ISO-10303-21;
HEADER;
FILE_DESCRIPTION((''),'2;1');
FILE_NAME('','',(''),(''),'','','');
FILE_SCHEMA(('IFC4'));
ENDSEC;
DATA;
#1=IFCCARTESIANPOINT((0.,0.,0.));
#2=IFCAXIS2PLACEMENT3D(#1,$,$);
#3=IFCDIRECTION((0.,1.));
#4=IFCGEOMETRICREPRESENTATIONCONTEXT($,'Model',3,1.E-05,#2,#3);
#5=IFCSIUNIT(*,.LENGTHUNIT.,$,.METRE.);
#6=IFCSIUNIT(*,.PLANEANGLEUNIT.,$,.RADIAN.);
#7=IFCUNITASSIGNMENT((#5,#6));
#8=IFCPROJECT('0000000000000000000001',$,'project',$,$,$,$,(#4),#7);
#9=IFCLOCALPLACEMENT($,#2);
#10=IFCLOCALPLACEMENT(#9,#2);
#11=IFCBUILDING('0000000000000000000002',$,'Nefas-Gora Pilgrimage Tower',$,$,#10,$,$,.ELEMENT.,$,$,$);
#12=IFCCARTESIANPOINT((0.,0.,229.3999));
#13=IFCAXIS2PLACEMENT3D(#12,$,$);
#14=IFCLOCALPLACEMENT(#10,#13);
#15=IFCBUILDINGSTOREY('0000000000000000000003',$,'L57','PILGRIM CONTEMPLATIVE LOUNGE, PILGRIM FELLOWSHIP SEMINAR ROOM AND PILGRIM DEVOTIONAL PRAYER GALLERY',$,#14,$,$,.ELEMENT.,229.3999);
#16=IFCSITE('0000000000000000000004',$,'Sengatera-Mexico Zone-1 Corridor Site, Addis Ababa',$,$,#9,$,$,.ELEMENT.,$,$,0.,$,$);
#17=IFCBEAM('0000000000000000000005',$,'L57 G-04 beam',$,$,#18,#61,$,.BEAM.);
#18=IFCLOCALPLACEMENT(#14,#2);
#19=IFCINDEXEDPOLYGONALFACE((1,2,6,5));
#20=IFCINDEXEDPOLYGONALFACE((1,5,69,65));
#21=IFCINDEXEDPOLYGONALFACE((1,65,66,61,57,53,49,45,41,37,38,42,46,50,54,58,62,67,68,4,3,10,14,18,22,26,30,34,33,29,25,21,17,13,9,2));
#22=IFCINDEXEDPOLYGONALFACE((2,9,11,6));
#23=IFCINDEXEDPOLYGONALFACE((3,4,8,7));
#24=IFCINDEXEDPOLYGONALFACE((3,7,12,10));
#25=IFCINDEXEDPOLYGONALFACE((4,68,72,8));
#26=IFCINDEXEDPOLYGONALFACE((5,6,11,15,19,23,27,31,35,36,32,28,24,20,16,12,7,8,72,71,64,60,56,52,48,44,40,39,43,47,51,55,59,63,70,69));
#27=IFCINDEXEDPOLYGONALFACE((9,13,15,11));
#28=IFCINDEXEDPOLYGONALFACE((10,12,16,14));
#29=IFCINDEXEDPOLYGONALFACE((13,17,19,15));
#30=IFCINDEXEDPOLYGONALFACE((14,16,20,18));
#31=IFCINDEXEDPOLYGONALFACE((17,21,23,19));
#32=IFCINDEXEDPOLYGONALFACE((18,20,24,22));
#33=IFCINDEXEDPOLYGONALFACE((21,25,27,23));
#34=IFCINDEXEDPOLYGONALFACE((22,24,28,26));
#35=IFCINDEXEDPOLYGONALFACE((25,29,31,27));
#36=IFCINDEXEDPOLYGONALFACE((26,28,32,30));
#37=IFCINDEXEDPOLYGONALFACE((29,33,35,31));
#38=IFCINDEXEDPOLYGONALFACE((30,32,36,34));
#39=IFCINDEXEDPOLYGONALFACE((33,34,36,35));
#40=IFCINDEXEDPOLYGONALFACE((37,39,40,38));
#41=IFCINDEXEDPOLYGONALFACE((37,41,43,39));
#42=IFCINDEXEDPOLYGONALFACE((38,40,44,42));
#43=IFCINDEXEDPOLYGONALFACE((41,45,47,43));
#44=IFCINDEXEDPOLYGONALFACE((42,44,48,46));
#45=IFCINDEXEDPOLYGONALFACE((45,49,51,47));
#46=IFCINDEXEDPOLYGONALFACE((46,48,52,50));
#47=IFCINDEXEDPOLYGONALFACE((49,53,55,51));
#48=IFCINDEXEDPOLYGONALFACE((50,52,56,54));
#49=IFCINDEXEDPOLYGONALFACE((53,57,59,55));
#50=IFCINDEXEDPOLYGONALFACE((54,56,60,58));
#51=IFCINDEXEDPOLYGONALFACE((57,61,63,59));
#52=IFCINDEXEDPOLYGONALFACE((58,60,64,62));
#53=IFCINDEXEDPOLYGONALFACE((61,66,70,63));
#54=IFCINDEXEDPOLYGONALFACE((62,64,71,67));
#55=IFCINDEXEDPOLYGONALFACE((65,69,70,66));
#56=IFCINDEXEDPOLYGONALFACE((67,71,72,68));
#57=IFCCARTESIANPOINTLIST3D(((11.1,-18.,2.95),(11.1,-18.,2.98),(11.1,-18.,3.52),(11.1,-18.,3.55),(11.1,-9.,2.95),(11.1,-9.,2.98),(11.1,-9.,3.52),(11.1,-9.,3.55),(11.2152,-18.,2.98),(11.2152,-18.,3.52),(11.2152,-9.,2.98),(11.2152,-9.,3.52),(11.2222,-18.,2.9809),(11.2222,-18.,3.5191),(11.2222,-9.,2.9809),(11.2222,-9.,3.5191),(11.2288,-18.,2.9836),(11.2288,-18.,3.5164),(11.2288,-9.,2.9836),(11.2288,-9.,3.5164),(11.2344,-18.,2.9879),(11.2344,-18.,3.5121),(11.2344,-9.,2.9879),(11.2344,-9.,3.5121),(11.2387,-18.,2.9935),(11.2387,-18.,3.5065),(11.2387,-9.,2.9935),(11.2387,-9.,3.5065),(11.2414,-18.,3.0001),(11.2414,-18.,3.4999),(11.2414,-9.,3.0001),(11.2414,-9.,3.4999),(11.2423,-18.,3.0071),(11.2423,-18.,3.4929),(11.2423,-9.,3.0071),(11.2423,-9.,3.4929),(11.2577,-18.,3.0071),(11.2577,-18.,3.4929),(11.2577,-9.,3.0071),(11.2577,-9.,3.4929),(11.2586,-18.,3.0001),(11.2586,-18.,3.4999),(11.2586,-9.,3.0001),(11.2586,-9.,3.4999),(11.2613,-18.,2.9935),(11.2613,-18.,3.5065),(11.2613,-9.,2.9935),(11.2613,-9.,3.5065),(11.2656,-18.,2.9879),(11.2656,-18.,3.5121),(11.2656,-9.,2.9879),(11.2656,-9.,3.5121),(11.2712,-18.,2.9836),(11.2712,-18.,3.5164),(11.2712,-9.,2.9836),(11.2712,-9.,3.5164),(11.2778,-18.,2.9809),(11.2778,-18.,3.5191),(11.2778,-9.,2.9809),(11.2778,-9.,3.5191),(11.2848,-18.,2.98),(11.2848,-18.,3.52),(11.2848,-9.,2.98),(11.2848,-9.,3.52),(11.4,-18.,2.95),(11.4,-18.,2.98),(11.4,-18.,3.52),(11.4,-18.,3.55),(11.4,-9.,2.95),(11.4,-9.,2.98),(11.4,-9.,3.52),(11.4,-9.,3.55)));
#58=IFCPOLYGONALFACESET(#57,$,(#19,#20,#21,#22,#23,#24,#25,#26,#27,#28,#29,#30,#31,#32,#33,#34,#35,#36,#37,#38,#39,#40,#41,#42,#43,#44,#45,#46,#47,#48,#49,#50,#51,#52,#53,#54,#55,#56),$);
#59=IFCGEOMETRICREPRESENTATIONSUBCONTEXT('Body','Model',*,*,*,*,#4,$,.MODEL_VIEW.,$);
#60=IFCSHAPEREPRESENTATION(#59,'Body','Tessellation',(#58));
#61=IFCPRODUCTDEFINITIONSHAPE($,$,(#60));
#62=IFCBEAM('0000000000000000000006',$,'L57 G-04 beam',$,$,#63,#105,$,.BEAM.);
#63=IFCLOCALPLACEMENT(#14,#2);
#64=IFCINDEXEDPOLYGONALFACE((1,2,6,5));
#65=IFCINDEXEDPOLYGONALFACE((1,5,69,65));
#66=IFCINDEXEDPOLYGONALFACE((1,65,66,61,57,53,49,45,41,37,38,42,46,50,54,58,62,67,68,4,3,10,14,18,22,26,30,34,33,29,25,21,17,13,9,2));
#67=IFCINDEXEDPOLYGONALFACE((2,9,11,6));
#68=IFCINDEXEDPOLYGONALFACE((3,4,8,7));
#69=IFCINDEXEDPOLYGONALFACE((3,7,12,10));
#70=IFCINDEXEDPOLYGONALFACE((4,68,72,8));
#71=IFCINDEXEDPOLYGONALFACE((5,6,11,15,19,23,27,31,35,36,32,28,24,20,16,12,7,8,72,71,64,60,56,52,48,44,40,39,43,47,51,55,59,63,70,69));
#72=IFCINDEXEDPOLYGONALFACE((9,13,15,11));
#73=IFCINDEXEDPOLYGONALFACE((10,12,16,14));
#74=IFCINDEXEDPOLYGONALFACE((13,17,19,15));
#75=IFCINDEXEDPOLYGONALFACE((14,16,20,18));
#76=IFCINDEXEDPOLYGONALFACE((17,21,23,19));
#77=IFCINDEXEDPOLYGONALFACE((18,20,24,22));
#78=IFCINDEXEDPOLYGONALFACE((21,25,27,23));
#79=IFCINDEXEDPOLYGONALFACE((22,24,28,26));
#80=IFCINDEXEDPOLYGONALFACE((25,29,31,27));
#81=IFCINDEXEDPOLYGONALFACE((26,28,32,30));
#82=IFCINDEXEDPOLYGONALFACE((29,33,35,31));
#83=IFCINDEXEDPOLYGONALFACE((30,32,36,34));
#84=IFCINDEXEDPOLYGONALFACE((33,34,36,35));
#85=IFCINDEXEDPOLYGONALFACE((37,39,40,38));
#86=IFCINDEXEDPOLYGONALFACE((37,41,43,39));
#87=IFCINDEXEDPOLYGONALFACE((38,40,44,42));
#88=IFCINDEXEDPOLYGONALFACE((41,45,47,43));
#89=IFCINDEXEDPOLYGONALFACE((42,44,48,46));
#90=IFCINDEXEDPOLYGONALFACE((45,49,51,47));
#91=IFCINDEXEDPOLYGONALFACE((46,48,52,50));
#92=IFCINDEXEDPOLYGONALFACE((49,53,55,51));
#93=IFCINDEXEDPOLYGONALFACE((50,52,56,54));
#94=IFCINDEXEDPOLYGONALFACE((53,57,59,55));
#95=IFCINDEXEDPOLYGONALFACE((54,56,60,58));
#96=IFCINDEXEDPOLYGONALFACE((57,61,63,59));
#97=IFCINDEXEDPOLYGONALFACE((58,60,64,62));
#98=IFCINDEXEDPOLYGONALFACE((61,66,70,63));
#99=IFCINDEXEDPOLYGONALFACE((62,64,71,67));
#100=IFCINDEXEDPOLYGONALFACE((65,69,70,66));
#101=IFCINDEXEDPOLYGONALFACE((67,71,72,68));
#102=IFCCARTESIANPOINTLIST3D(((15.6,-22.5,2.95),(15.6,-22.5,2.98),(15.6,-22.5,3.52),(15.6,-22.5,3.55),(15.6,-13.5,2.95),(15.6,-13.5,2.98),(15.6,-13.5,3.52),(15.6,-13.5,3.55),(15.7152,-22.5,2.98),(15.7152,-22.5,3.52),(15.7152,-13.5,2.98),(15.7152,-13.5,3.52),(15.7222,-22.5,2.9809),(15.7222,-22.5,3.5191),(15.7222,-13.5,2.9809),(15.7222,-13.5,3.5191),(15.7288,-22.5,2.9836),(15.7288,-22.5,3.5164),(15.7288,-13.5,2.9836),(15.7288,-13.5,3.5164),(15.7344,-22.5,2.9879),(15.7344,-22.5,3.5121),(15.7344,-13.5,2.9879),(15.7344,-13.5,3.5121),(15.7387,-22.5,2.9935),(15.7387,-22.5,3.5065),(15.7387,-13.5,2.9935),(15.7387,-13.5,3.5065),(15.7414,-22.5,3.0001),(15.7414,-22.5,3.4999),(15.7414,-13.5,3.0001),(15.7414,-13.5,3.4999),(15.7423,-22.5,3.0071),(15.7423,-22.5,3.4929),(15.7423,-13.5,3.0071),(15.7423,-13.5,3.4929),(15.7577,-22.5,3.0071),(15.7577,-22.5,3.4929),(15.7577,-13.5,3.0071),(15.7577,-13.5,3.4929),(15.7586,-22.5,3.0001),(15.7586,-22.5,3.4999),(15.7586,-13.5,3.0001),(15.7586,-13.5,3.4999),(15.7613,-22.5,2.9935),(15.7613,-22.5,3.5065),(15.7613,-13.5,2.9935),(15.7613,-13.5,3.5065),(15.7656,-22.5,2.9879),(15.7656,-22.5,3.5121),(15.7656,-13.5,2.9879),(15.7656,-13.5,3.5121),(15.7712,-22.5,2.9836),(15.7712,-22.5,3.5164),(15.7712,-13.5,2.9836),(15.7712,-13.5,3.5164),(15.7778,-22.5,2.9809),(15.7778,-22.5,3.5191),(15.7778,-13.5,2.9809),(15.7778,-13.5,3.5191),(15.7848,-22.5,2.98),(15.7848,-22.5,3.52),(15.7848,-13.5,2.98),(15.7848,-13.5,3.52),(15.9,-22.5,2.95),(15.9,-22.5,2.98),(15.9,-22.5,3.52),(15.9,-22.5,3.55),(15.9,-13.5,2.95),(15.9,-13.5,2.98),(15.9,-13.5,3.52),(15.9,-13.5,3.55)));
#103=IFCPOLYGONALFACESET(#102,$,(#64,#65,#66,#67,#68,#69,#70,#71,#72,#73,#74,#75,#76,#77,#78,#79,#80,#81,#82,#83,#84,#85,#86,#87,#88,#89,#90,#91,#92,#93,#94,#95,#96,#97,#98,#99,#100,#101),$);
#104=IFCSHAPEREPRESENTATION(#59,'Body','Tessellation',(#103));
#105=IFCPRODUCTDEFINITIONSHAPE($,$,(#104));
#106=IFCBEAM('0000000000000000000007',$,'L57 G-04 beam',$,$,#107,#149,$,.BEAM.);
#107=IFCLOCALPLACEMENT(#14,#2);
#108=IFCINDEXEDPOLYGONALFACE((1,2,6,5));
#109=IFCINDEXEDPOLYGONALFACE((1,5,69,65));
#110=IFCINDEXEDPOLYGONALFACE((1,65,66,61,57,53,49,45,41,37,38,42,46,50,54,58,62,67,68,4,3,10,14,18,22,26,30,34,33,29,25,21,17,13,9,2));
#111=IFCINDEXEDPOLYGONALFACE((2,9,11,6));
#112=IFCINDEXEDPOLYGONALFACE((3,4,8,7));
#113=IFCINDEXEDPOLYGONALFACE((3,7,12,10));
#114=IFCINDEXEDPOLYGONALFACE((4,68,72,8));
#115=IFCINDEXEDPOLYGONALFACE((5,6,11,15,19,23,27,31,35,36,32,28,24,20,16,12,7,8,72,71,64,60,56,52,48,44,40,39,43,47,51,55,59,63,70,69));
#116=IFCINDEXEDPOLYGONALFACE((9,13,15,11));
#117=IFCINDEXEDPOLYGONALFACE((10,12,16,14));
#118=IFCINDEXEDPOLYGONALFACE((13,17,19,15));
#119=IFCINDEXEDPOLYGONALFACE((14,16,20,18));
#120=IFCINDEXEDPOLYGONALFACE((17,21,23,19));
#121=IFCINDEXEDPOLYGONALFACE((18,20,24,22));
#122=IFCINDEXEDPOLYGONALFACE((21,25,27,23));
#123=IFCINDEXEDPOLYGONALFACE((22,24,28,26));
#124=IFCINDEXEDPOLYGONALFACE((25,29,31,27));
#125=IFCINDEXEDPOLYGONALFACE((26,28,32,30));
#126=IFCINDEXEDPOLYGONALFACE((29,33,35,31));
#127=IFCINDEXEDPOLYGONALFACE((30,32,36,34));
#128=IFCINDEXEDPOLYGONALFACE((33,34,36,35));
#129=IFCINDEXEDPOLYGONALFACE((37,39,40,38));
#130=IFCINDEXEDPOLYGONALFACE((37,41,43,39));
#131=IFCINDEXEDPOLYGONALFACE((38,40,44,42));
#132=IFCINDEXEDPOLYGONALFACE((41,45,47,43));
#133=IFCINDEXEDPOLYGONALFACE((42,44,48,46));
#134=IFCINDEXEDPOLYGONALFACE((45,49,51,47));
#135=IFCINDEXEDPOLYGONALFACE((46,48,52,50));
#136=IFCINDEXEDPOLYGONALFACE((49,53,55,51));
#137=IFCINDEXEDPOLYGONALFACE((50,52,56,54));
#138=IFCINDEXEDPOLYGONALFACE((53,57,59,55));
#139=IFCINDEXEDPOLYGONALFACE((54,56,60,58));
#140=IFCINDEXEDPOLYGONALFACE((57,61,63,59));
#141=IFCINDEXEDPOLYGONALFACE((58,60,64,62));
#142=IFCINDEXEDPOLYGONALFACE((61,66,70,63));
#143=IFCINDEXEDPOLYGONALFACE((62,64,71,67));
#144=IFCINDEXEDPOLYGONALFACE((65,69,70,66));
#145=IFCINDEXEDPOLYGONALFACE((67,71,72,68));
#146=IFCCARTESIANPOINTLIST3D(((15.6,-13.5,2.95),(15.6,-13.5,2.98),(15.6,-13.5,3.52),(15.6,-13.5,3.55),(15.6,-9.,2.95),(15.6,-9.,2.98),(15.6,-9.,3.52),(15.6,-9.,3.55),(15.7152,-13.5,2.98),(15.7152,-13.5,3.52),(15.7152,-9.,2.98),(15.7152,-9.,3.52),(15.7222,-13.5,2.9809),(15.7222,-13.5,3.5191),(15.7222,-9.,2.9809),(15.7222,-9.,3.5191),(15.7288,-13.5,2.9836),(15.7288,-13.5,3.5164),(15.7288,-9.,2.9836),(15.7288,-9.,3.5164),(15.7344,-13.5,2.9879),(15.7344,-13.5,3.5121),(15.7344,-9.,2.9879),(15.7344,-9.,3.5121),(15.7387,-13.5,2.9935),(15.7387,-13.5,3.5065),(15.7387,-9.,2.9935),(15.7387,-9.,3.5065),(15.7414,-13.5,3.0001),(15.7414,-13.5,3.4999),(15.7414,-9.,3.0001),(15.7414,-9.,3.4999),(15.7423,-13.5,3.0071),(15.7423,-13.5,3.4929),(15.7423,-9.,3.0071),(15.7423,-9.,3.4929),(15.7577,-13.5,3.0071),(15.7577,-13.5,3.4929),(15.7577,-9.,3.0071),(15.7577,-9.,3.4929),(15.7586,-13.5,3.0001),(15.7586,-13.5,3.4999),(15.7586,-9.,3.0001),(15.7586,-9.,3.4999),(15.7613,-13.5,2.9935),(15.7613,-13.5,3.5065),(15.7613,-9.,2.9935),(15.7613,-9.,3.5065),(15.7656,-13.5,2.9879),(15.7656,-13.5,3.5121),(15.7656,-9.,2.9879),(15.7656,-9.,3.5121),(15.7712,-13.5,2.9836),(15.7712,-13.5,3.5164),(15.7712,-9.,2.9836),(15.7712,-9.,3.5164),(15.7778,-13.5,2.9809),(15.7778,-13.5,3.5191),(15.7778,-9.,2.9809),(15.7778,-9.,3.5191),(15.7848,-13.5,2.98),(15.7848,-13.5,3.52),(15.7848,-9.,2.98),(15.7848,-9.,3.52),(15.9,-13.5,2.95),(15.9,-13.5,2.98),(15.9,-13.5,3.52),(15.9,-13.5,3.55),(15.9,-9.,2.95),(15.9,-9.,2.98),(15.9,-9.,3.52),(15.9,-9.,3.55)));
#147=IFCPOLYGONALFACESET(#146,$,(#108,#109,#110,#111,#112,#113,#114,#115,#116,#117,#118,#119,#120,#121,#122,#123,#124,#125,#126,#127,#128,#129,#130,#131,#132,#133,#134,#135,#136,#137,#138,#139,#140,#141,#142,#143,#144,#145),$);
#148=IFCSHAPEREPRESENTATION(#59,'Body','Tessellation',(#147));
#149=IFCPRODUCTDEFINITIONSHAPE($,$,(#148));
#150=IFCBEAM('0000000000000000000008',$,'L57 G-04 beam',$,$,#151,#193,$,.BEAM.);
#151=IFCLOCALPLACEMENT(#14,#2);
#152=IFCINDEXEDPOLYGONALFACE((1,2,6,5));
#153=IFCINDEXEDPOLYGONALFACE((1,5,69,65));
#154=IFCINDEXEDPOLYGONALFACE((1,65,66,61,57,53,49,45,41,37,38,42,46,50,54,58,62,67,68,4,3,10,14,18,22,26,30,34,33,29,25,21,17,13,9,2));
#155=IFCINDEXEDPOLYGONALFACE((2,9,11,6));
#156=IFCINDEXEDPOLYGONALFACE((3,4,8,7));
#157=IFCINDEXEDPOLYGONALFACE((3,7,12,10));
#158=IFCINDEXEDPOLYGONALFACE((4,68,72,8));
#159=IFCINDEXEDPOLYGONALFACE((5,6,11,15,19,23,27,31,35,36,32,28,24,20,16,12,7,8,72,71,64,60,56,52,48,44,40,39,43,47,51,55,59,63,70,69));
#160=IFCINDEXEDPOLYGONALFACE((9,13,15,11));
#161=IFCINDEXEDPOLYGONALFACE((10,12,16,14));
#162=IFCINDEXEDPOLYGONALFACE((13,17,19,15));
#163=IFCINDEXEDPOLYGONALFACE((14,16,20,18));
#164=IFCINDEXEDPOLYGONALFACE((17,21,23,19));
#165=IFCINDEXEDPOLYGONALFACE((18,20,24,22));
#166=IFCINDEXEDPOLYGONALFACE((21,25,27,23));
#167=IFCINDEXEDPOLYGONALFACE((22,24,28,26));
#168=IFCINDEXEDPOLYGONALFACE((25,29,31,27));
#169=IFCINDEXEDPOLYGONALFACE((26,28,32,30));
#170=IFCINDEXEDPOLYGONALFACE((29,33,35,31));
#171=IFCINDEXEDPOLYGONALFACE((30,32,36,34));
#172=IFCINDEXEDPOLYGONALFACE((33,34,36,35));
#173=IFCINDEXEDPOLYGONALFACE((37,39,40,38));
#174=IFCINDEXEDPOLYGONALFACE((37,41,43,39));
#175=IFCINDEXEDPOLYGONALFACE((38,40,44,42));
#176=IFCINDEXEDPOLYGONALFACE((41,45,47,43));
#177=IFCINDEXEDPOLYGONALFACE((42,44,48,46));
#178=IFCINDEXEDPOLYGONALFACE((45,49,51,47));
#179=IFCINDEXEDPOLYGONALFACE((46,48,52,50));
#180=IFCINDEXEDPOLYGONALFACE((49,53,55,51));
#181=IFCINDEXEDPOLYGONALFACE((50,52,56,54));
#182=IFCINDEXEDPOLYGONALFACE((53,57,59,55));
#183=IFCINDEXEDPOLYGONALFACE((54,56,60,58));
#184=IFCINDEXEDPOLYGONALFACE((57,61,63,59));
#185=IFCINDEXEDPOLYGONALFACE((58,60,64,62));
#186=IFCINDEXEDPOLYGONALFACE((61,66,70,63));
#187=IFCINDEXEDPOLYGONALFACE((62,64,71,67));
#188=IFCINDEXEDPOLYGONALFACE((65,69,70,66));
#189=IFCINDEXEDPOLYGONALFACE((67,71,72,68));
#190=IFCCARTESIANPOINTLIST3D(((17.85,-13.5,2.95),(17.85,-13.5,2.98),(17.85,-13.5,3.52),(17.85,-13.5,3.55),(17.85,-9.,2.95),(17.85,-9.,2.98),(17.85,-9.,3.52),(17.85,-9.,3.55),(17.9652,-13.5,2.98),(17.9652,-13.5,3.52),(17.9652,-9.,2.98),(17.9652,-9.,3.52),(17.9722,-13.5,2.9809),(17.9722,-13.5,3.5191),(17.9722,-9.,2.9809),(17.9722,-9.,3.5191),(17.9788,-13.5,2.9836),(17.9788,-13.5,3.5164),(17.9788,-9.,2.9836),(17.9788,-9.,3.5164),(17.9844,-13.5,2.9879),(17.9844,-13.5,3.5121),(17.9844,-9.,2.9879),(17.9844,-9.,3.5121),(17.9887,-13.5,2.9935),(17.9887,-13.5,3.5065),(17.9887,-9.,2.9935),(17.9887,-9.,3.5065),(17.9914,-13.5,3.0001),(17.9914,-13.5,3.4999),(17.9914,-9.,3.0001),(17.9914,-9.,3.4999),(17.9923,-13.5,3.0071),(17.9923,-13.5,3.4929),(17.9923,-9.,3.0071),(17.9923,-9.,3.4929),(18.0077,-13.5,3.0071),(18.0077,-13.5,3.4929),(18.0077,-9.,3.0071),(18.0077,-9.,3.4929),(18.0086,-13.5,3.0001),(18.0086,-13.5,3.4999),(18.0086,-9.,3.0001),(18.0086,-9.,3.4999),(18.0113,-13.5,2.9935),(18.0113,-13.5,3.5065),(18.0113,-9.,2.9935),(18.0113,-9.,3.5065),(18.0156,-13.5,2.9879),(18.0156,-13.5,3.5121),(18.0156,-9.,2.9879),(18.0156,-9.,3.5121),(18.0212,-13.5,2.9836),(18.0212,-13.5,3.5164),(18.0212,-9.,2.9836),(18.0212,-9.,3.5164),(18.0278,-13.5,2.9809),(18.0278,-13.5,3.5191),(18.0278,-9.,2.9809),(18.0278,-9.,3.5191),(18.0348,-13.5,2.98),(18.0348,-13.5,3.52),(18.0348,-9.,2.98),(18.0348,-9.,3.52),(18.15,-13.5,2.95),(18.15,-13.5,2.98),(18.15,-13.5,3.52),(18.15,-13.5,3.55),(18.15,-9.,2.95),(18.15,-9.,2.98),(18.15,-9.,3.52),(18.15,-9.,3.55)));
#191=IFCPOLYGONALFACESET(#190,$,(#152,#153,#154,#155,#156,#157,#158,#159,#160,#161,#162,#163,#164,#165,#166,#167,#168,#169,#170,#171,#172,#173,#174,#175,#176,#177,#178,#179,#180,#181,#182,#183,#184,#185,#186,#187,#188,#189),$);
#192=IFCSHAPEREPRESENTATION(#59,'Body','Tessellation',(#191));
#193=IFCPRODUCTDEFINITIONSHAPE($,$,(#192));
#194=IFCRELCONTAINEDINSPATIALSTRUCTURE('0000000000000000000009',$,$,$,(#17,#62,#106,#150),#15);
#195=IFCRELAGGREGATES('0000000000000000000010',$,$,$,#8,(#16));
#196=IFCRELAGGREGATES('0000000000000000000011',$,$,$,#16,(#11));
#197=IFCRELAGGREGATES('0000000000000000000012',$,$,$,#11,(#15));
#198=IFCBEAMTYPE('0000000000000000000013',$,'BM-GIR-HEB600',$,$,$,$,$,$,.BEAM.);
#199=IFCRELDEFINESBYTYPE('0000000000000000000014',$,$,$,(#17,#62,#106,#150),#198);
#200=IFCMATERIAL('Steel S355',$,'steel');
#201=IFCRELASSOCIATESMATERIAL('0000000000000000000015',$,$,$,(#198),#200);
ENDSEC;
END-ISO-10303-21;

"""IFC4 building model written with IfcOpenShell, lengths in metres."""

from ifc_helpers import new_model, si_unit, direction, frame, origin, origin_2d, place, context, subcontext, project, spatial, i_section, extrude, source, transform, mapped, material, material_profile, profile_set, type_object, element, save


model = new_model("IFC4")

# Units and contexts
model_context = context("Model", 3, precision=1e-05, world=origin(), true_north=direction((0.0, 1.0)))
body_context = subcontext(model_context, "Body", "Model", "MODEL_VIEW")
ifc_project = project(units=[si_unit("LENGTHUNIT", "METRE"), si_unit("PLANEANGLEUNIT", "RADIAN")], contexts=[model_context])

# Site, building, storey
site_placement = place(None, origin())
site = spatial("IfcSite", under=ifc_project, at=site_placement, Name="Sengatera-Mexico Zone-1 Corridor Site, Addis Ababa", CompositionType="ELEMENT", RefElevation=0.0)
building_placement = place(site_placement, origin())
building = spatial("IfcBuilding", under=site, at=building_placement, Name="Nefas-Gora Pilgrimage Tower", CompositionType="ELEMENT")
storey_placement = place(building_placement, frame((0.0, 0.0, 229.3999)))
storey = spatial("IfcBuildingStorey", under=building, at=storey_placement, Name="L57", Description="PILGRIM CONTEMPLATIVE LOUNGE, PILGRIM FELLOWSHIP SEMINAR ROOM AND PILGRIM DEVOTIONAL PRAYER GALLERY", CompositionType="ELEMENT", Elevation=229.3999)

# Beams
ifc_material_1 = material(Name="Steel S355", Category="steel")
ifc_material_profile_1 = material_profile(ifc_material_1, i_section(OverallWidth=0.3, OverallDepth=0.6001, WebThickness=0.0154, FlangeThickness=0.03, FilletRadius=0.0271, at=origin_2d()), Name="HEB 600")
ifc_profile_set_1 = profile_set([ifc_material_profile_1], Name="Steel S355")
beam_type_1 = type_object("IfcBeamType", Name="BM-GIR-HEB600", PredefinedType="BEAM", material=ifc_profile_set_1)
shared_shape_1 = source(origin(), body_context, "Body", "SweptSolid", [
    extrude(i_section(OverallWidth=0.3, OverallDepth=0.6001, WebThickness=0.0154, FlangeThickness=0.03, FilletRadius=0.0271, at=origin_2d()), origin(), (0.0, 0.0, 1.0), 9.0),
])
for number, where, z_axis, x_axis, name in (
    (1, (11.25, -18.0, 3.25), (0.0, 1.0, 0.0), (-1.0, 0.0, 0.0), "L57 G-04 beam"),
    (2, (15.75, -22.5, 3.25), (0.0, 1.0, 0.0), (-1.0, 0.0, 0.0), "L57 G-04 beam"),
):
    element("IfcBeam", number, at=place(storey_placement, frame(where, z_axis=z_axis, x_axis=x_axis)), inside=storey, type_object=beam_type_1, Name=name, PredefinedType="BEAM", context=body_context, shape_type="MappedRepresentation", body=[
        mapped(shared_shape_1, transform((0.0, 0.0, 0.0), x_axis=(1.0, 0.0, 0.0), y_axis=(0.0, 1.0, 0.0), z_axis=(0.0, 0.0, 1.0), scale=1.0)),
    ])
shared_shape_2 = source(origin(), body_context, "Body", "SweptSolid", [
    extrude(i_section(OverallWidth=0.3, OverallDepth=0.6001, WebThickness=0.0154, FlangeThickness=0.03, FilletRadius=0.0271, at=origin_2d()), origin(), (0.0, 0.0, 1.0), 4.5),
])
for number, where, z_axis, x_axis, name in (
    (3, (15.75, -13.5, 3.25), (0.0, 1.0, 0.0), (-1.0, 0.0, 0.0), "L57 G-04 beam"),
    (4, (18.0, -13.5, 3.25), (0.0, 1.0, 0.0), (-1.0, 0.0, 0.0), "L57 G-04 beam"),
):
    element("IfcBeam", number, at=place(storey_placement, frame(where, z_axis=z_axis, x_axis=x_axis)), inside=storey, type_object=beam_type_1, Name=name, PredefinedType="BEAM", context=body_context, shape_type="MappedRepresentation", body=[
        mapped(shared_shape_2, transform((0.0, 0.0, 0.0), x_axis=(1.0, 0.0, 0.0), y_axis=(0.0, 1.0, 0.0), z_axis=(0.0, 0.0, 1.0), scale=1.0)),
    ])

save(model, "model.ifc")
